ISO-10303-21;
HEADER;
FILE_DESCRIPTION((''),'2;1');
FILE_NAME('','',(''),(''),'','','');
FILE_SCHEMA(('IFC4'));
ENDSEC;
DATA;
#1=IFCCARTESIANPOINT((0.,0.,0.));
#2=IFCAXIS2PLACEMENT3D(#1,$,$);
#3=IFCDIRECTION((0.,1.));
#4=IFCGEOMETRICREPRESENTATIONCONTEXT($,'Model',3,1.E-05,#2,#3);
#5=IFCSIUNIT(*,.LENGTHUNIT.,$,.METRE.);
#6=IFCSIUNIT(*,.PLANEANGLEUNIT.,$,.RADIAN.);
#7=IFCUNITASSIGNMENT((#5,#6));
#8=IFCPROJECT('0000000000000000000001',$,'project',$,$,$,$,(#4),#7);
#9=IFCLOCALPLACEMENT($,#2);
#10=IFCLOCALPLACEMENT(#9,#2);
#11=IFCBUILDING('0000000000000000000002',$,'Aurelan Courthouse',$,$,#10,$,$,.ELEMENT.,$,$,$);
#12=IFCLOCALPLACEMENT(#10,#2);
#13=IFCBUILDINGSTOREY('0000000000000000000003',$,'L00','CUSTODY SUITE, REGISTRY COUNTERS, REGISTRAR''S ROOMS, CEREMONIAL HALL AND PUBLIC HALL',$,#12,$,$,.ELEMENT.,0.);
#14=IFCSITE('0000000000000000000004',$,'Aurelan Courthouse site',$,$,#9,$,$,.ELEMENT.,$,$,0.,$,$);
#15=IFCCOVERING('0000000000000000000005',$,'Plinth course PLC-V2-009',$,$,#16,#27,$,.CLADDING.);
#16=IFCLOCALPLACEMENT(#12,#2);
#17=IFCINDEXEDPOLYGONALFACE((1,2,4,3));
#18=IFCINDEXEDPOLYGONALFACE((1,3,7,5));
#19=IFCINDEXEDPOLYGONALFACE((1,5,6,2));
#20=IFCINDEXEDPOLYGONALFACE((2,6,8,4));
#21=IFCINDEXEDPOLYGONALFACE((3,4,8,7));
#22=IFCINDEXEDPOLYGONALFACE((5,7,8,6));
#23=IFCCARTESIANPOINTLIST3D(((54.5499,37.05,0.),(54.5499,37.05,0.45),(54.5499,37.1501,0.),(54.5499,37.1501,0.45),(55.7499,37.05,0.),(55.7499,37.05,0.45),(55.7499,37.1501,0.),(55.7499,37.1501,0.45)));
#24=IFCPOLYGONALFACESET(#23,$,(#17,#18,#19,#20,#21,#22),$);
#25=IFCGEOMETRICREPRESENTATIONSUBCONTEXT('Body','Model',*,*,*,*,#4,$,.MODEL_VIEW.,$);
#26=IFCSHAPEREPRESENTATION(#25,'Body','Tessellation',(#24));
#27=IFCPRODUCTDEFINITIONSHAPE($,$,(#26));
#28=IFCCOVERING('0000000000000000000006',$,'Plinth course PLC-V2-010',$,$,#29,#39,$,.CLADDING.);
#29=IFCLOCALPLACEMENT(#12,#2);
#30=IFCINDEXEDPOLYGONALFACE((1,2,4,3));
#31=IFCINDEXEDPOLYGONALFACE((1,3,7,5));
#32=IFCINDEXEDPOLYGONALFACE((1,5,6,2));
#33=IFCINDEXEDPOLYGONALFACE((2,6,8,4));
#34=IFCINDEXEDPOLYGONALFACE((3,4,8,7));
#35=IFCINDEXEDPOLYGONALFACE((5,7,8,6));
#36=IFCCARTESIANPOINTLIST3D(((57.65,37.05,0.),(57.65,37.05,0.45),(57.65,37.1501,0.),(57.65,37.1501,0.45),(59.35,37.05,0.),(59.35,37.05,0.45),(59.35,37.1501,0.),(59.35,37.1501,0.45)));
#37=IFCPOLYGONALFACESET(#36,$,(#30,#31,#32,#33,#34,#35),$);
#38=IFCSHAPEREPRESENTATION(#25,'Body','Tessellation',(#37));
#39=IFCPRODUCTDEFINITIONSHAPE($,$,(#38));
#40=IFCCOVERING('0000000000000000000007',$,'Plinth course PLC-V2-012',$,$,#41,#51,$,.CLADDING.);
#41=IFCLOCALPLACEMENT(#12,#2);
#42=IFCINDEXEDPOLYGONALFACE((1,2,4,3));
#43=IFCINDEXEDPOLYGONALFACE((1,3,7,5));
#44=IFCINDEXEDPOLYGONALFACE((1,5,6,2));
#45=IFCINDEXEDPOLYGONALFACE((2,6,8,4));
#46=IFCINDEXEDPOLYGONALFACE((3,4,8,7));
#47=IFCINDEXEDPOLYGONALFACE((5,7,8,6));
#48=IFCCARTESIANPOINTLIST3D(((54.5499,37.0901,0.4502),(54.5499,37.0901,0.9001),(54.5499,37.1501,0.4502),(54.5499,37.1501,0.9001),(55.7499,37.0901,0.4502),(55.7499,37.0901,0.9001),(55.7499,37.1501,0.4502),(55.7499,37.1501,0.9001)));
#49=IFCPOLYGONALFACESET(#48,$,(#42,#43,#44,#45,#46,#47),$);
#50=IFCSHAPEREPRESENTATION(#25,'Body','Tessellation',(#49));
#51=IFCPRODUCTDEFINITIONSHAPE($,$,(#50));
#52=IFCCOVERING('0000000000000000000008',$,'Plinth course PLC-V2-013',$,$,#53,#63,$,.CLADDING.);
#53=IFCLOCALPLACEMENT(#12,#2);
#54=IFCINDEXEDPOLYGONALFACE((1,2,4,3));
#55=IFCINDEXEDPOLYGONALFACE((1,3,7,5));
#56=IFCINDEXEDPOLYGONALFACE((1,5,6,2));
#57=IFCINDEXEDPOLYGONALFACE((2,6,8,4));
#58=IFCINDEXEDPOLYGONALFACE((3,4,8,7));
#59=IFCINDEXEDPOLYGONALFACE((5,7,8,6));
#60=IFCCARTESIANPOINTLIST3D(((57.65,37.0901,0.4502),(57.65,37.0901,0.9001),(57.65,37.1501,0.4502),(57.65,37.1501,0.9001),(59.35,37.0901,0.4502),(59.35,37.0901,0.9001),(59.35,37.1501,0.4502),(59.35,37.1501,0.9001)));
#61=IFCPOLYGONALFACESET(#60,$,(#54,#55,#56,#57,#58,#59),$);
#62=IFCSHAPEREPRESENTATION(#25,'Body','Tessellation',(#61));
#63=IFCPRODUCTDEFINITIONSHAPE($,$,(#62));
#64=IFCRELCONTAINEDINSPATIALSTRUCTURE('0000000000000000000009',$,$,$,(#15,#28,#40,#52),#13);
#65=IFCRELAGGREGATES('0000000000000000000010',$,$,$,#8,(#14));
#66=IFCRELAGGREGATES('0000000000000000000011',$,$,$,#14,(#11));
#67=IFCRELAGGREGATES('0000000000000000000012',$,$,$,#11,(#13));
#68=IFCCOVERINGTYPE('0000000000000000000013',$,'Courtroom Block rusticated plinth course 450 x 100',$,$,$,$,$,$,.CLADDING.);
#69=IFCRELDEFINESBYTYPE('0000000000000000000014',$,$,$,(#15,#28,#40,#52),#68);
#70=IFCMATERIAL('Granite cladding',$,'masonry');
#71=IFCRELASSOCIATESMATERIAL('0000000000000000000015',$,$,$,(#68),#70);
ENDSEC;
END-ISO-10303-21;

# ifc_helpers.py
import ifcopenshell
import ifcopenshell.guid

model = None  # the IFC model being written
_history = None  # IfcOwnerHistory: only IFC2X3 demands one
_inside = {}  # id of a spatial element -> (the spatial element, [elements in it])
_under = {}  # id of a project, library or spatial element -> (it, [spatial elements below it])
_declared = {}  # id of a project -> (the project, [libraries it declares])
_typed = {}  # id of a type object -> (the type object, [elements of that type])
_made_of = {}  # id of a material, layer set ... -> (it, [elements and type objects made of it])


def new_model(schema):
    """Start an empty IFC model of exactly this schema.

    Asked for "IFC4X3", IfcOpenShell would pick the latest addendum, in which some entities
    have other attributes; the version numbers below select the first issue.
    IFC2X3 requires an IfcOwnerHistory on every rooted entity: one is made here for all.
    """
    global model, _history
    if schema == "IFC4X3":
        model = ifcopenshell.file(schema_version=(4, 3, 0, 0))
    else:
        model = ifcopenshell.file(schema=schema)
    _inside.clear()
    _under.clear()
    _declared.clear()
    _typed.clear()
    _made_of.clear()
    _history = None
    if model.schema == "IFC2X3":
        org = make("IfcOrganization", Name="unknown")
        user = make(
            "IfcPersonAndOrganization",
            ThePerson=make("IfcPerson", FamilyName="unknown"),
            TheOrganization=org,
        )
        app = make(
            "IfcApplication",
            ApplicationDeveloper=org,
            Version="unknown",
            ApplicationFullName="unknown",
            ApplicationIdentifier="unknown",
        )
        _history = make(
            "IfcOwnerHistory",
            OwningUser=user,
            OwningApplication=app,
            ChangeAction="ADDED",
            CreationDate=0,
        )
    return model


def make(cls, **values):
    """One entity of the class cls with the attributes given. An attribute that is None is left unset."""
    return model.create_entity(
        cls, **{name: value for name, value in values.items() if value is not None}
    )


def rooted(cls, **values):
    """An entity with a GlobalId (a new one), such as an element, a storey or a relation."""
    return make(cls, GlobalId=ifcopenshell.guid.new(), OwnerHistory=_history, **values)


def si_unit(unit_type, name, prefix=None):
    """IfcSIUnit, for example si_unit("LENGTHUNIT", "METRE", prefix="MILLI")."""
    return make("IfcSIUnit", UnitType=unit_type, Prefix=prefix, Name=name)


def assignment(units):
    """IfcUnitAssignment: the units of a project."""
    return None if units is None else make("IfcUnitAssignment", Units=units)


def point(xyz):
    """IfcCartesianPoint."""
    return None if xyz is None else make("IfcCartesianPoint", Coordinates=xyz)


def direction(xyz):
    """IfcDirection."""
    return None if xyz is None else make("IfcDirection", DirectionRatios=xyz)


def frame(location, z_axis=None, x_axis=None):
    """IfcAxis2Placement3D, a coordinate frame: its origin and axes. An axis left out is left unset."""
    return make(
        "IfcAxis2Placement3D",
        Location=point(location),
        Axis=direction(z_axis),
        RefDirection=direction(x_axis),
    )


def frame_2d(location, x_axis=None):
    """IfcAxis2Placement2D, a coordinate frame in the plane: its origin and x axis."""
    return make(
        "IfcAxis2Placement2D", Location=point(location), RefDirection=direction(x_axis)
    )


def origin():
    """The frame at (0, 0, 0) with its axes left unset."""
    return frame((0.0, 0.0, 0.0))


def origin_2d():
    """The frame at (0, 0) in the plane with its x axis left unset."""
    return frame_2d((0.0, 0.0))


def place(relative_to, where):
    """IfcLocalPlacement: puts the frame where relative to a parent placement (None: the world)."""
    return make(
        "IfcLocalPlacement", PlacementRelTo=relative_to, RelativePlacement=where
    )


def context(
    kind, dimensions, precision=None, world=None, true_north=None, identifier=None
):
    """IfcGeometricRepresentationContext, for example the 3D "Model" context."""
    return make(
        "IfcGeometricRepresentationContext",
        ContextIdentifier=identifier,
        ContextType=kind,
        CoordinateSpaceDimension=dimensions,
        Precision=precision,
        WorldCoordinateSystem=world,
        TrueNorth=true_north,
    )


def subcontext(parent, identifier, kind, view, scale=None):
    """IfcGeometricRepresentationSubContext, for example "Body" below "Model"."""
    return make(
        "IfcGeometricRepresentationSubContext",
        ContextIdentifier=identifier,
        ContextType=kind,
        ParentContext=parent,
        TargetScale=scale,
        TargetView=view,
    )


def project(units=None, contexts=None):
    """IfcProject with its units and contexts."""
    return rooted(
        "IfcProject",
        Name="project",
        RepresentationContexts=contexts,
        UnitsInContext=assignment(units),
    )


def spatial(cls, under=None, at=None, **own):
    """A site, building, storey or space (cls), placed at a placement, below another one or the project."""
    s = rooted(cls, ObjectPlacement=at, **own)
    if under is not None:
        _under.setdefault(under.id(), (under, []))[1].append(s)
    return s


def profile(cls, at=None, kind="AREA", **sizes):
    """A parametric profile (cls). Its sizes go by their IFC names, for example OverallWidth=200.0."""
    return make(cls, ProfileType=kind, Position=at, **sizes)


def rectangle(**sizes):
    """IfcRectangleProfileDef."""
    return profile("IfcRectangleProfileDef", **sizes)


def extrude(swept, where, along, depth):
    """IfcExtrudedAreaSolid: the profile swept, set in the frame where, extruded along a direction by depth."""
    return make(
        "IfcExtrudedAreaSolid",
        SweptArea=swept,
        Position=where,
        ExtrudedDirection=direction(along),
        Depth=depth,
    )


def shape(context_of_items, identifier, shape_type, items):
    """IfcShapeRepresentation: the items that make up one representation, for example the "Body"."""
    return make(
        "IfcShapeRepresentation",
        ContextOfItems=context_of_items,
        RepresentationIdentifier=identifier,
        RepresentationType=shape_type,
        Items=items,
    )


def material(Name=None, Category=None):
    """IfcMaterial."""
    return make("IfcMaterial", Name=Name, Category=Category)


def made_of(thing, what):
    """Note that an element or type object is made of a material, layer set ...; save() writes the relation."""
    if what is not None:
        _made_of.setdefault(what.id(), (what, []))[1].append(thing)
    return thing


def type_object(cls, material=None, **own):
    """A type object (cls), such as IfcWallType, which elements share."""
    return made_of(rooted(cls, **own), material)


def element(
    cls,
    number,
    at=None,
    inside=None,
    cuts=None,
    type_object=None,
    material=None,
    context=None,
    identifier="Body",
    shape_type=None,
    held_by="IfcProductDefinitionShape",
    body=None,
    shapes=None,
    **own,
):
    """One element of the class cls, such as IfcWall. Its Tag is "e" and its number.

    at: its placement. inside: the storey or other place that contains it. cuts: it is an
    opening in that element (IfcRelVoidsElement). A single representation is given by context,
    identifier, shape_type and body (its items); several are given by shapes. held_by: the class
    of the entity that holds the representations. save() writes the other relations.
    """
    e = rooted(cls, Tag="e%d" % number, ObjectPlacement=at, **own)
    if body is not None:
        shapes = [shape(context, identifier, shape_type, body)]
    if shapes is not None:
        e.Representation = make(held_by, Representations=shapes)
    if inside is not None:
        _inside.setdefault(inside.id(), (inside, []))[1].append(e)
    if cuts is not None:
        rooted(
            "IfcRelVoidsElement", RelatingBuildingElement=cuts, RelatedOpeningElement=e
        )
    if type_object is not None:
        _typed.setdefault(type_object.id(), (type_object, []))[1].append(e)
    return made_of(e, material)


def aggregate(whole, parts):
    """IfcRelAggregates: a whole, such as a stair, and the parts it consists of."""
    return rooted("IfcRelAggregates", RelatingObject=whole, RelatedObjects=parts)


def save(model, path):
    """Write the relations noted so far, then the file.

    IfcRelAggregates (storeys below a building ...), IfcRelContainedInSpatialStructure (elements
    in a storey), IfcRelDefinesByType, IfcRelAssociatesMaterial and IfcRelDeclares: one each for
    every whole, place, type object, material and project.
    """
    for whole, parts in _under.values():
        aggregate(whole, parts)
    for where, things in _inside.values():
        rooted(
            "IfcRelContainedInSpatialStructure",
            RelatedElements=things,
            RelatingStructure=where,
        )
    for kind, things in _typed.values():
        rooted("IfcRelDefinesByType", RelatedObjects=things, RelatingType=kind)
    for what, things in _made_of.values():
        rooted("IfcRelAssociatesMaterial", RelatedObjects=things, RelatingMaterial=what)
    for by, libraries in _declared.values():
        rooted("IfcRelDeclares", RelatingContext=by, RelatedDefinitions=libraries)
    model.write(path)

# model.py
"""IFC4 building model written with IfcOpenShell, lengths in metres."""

from ifc_helpers import new_model, si_unit, direction, frame, origin, origin_2d, place, context, subcontext, project, spatial, rectangle, extrude, material, type_object, element, save


model = new_model("IFC4")

# Units and contexts
model_context = context("Model", 3, precision=1e-05, world=origin(), true_north=direction((0.0, 1.0)))
body_context = subcontext(model_context, "Body", "Model", "MODEL_VIEW")
ifc_project = project(units=[si_unit("LENGTHUNIT", "METRE"), si_unit("PLANEANGLEUNIT", "RADIAN")], contexts=[model_context])

# Site, building, storey
site_placement = place(None, origin())
site = spatial("IfcSite", under=ifc_project, at=site_placement, Name="Aurelan Courthouse site", CompositionType="ELEMENT", RefElevation=0.0)
building_placement = place(site_placement, origin())
building = spatial("IfcBuilding", under=site, at=building_placement, Name="Aurelan Courthouse", CompositionType="ELEMENT")
storey_placement = place(building_placement, origin())
storey = spatial("IfcBuildingStorey", under=building, at=storey_placement, Name="L00", Description="CUSTODY SUITE, REGISTRY COUNTERS, REGISTRAR'S ROOMS, CEREMONIAL HALL AND PUBLIC HALL", CompositionType="ELEMENT", Elevation=0.0)

# Shared definitions
ifc_material_1 = material(Name="Granite cladding", Category="masonry")

# Coverings
covering_type_1 = type_object("IfcCoveringType", Name="Courtroom Block rusticated plinth course 450 x 100", PredefinedType="CLADDING", material=ifc_material_1)
covering_1_placement = place(storey_placement, frame((55.1499, 37.1001, 0.0), z_axis=(0.0, 0.0, 1.0), x_axis=(1.0, 0.0, 0.0)))
element("IfcCovering", 1, at=covering_1_placement, inside=storey, type_object=covering_type_1, Name="Plinth course PLC-V2-009", PredefinedType="CLADDING", context=body_context, shape_type="SweptSolid", body=[
    extrude(rectangle(XDim=1.2, YDim=0.1001, at=origin_2d()), origin(), (0.0, 0.0, 1.0), 0.45),
])
covering_2_placement = place(storey_placement, frame((58.5, 37.1001, 0.0), z_axis=(0.0, 0.0, 1.0), x_axis=(1.0, 0.0, 0.0)))
element("IfcCovering", 2, at=covering_2_placement, inside=storey, type_object=covering_type_1, Name="Plinth course PLC-V2-010", PredefinedType="CLADDING", context=body_context, shape_type="SweptSolid", body=[
    extrude(rectangle(XDim=1.7, YDim=0.1001, at=origin_2d()), origin(), (0.0, 0.0, 1.0), 0.45),
])
covering_3_placement = place(storey_placement, frame((55.1499, 37.1201, 0.4502), z_axis=(0.0, 0.0, 1.0), x_axis=(1.0, 0.0, 0.0)))
element("IfcCovering", 3, at=covering_3_placement, inside=storey, type_object=covering_type_1, Name="Plinth course PLC-V2-012", PredefinedType="CLADDING", context=body_context, shape_type="SweptSolid", body=[
    extrude(rectangle(XDim=1.2, YDim=0.0601, at=origin_2d()), origin(), (0.0, 0.0, 1.0), 0.45),
])
covering_4_placement = place(storey_placement, frame((58.5, 37.1201, 0.4502), z_axis=(0.0, 0.0, 1.0), x_axis=(1.0, 0.0, 0.0)))
element("IfcCovering", 4, at=covering_4_placement, inside=storey, type_object=covering_type_1, Name="Plinth course PLC-V2-013", PredefinedType="CLADDING", context=body_context, shape_type="SweptSolid", body=[
    extrude(rectangle(XDim=1.7, YDim=0.0601, at=origin_2d()), origin(), (0.0, 0.0, 1.0), 0.45),
])

save(model, "model.ifc")
